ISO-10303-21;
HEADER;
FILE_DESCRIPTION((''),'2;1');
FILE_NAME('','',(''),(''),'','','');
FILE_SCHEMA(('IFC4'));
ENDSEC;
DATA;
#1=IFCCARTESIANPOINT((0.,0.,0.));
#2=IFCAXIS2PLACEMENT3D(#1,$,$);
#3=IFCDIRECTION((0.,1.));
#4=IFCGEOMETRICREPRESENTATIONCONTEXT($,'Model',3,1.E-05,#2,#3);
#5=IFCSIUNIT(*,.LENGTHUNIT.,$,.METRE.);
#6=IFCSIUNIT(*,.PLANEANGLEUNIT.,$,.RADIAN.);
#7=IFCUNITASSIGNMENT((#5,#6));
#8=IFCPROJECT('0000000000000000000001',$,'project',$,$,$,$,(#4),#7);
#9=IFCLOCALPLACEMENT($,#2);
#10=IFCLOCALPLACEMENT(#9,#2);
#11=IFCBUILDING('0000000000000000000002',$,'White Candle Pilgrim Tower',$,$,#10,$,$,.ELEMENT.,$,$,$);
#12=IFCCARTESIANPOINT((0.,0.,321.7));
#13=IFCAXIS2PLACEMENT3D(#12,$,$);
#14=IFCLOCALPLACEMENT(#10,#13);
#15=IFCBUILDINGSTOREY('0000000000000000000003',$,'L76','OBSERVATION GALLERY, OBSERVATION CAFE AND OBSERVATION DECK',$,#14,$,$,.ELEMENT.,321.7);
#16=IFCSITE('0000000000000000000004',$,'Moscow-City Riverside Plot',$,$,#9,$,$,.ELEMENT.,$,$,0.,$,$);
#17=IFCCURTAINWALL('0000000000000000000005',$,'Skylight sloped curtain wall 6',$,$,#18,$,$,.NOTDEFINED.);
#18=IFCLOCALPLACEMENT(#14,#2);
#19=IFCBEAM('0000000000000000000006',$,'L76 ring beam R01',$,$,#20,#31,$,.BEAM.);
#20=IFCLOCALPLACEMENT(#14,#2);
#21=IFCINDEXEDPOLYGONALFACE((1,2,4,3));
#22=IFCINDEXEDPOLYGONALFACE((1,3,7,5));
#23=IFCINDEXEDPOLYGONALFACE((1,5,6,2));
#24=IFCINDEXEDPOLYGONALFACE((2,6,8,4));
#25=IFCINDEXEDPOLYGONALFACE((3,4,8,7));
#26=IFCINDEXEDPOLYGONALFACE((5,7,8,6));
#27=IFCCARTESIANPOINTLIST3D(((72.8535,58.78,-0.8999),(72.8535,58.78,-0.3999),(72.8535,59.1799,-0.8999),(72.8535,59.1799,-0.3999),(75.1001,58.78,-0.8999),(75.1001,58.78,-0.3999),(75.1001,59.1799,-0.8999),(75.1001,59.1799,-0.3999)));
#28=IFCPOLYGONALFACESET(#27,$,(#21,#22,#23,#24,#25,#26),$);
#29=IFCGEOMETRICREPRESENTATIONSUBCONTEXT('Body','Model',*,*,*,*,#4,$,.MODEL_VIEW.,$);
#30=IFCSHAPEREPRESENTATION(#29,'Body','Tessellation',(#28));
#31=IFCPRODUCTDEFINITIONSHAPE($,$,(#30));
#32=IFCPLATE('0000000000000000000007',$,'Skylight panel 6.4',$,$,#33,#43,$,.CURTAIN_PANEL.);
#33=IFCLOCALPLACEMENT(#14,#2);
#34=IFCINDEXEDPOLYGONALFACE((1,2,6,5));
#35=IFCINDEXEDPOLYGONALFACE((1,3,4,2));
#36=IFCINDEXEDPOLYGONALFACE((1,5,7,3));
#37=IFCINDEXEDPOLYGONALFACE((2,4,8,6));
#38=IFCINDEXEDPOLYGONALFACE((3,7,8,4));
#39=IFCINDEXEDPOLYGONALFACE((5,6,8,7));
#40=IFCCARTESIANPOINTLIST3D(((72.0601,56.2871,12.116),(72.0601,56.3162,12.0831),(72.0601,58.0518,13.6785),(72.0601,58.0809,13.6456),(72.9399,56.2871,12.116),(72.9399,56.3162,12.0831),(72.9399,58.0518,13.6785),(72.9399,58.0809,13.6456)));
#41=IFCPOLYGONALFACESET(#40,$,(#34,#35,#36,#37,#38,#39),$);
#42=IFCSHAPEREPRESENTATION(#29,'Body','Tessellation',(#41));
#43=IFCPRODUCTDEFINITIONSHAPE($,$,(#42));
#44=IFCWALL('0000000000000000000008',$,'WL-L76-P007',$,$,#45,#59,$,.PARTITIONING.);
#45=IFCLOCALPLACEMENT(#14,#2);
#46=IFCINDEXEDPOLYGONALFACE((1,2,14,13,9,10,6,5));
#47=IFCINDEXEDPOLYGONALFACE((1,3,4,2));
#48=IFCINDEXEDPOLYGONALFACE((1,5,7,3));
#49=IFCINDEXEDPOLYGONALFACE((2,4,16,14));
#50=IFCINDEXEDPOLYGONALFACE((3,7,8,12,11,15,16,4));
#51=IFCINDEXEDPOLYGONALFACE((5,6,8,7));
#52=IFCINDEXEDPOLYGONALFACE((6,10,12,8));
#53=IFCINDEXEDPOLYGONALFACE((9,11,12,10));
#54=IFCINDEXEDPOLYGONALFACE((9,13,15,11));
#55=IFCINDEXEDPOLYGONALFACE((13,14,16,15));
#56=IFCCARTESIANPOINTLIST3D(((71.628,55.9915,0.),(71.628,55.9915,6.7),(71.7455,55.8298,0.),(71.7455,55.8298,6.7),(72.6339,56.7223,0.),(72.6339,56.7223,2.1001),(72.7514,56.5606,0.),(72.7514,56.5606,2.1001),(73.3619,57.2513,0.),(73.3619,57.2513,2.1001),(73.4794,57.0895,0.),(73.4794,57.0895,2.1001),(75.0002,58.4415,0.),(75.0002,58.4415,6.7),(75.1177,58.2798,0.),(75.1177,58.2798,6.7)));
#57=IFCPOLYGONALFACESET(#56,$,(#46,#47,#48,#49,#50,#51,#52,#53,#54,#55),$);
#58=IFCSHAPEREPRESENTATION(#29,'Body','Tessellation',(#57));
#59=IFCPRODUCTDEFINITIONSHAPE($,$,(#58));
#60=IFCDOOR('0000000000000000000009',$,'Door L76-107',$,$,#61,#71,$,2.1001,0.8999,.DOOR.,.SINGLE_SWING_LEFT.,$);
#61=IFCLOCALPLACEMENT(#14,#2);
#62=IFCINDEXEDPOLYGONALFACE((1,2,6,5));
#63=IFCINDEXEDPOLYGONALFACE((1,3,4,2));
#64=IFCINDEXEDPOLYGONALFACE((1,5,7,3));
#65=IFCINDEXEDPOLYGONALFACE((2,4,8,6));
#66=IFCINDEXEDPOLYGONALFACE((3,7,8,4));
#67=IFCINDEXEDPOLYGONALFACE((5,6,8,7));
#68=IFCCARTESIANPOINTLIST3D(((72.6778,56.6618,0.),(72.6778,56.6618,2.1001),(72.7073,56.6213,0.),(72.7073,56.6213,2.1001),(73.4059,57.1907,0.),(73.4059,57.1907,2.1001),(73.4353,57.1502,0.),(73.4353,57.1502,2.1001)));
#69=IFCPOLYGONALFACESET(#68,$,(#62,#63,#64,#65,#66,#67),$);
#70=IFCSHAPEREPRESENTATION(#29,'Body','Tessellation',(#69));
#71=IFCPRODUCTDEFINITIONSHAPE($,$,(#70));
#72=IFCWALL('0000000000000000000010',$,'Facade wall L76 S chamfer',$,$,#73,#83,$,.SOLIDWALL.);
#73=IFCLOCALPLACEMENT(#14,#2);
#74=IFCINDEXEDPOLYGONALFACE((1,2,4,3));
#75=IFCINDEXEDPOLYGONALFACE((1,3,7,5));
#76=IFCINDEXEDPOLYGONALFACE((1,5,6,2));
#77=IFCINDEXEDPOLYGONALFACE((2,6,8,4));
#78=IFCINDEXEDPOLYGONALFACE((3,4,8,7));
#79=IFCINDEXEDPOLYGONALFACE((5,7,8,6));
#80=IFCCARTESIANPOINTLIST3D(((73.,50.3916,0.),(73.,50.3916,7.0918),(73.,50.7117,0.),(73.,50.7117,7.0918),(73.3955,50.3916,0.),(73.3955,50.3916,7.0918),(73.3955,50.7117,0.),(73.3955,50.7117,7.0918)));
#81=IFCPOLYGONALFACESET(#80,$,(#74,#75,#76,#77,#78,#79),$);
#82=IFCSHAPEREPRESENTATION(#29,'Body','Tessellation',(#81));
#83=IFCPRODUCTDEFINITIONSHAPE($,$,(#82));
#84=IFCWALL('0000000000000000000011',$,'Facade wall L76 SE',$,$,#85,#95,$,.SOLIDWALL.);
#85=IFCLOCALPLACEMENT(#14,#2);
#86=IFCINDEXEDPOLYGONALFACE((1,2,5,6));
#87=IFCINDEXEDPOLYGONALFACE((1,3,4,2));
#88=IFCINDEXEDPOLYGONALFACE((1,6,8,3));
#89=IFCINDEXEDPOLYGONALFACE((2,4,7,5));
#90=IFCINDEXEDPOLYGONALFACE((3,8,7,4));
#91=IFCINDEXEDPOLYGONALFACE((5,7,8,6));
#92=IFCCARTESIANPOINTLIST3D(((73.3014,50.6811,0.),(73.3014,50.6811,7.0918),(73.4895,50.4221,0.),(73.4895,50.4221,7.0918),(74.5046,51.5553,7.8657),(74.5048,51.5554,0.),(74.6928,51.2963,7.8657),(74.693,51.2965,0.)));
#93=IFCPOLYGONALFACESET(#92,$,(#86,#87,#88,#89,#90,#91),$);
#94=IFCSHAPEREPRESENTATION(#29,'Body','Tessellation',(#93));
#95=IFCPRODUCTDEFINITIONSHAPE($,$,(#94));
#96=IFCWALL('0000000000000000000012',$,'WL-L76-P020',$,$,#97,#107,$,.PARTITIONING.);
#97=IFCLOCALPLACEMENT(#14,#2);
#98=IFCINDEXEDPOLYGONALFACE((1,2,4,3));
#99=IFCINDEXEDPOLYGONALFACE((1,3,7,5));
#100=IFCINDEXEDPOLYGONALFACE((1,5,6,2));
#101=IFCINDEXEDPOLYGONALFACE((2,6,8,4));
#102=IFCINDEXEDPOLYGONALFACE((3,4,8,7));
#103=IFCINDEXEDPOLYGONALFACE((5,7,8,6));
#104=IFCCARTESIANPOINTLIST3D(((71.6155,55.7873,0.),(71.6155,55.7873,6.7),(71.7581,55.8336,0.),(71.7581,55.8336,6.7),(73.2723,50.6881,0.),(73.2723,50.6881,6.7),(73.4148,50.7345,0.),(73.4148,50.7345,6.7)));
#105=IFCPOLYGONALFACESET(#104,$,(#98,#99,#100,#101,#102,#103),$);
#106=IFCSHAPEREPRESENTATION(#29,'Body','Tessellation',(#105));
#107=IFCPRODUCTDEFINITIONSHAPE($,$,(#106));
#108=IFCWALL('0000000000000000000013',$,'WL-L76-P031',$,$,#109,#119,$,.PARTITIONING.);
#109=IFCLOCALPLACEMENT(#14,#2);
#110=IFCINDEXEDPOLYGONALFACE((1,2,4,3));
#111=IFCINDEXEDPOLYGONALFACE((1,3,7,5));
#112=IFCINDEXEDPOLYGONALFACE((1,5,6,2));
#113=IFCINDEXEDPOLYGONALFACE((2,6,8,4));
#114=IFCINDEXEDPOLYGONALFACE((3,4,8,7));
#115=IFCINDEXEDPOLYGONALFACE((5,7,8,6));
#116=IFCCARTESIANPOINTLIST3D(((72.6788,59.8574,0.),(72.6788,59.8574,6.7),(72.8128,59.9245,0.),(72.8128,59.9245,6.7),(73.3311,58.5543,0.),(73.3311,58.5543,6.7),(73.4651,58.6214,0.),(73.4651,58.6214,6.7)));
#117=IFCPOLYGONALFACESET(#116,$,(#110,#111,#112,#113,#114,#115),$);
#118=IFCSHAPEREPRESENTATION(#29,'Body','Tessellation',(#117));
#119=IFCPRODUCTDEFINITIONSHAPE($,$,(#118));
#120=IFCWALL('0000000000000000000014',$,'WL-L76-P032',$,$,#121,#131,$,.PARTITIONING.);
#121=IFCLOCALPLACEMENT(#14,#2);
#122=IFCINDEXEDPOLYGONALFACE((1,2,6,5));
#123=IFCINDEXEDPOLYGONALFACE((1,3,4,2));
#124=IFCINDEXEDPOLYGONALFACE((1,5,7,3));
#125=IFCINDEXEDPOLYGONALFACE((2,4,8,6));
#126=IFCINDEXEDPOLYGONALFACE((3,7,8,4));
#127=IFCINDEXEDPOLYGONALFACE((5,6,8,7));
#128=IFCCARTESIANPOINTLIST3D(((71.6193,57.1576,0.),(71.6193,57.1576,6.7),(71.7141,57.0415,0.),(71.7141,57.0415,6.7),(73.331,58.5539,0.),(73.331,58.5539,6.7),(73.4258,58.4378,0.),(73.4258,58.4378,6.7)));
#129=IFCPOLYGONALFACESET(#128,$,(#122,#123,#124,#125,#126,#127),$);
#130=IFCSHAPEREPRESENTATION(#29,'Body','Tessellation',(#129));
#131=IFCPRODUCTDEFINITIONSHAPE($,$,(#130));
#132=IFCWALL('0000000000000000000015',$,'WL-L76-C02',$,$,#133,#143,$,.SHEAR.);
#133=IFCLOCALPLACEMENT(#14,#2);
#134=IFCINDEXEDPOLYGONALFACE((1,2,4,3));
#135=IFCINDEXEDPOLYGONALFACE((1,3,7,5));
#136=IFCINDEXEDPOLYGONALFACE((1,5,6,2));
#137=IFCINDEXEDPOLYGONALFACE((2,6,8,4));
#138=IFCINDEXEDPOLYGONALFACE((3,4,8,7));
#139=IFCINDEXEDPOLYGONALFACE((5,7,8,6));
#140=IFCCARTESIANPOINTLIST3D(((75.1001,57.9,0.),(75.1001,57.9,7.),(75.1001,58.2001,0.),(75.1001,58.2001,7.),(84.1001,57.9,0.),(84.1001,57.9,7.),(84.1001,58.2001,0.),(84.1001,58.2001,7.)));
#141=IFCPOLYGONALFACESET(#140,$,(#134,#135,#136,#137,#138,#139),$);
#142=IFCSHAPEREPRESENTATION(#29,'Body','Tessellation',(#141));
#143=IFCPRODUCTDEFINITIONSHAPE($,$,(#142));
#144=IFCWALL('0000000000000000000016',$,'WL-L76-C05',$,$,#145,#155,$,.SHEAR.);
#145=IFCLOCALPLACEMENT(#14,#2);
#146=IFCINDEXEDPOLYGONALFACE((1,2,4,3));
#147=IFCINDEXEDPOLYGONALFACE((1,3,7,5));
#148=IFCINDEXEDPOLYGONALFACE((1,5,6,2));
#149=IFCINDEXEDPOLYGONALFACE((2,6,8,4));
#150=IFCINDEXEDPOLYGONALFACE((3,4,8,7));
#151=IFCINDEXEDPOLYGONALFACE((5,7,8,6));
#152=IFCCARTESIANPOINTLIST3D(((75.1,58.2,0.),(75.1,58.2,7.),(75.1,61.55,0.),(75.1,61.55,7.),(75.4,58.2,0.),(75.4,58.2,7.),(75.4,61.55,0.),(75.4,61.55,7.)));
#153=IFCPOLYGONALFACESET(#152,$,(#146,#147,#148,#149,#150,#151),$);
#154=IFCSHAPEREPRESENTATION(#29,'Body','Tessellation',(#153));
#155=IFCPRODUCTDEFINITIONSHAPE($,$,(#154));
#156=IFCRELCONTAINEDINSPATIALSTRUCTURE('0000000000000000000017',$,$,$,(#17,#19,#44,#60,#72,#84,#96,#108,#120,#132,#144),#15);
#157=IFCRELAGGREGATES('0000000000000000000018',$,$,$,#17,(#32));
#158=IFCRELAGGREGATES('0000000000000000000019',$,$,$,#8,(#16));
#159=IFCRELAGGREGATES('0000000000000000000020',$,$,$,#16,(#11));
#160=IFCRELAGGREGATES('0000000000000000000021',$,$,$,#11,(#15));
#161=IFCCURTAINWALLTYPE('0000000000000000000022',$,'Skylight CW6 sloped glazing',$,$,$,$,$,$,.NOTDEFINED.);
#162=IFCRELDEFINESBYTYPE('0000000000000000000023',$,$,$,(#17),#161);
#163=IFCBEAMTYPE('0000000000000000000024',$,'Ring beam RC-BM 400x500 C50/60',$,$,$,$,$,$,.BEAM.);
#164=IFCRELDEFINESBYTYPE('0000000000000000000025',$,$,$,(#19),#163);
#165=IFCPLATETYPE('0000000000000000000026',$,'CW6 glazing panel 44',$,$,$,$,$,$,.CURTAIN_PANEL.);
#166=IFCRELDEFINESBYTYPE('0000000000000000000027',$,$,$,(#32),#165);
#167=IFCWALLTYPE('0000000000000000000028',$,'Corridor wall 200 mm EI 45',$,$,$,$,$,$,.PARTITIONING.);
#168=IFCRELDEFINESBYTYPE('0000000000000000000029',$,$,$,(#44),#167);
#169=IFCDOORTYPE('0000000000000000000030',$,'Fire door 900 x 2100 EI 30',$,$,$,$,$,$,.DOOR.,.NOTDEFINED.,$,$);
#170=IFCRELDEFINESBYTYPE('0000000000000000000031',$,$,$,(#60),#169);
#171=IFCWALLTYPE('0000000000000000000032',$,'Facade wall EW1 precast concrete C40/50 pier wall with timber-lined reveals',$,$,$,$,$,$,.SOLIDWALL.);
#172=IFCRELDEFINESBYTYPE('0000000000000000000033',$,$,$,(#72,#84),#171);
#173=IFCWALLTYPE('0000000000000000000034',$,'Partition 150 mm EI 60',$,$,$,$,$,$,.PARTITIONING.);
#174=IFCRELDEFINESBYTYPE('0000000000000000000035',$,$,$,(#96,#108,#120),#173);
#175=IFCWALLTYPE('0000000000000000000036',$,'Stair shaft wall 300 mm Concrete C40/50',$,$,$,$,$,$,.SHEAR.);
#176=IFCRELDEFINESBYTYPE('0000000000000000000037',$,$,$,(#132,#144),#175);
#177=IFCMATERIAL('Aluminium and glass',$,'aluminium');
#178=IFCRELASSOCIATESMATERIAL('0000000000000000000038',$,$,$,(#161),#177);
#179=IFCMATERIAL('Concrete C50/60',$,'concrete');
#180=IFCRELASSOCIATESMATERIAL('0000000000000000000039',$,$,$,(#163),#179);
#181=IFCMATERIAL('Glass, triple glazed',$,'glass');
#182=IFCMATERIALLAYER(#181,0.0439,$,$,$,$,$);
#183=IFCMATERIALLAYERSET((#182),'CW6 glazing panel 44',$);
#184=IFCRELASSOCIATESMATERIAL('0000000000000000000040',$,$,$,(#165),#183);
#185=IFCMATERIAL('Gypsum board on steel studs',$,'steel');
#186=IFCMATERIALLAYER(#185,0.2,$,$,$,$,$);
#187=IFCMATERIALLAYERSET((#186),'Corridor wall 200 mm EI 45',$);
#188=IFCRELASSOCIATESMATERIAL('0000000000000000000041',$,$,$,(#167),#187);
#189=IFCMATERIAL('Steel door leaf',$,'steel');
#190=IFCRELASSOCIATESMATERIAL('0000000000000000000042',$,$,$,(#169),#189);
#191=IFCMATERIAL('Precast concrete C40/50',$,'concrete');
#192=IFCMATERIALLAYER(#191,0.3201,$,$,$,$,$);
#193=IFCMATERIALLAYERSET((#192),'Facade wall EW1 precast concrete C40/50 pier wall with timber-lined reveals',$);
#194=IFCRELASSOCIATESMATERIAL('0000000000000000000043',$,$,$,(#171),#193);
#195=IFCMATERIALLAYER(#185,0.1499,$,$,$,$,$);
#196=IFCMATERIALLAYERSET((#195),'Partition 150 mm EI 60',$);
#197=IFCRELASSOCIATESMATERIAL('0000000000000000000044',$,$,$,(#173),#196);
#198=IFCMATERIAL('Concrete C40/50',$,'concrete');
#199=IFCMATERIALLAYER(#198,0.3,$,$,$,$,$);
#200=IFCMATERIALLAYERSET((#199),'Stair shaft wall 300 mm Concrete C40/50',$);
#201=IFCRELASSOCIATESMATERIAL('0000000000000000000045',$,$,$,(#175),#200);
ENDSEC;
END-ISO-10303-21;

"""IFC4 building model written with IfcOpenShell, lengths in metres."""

from ifc_helpers import new_model, si_unit, direction, frame, frame_2d, origin, origin_2d, place, context, subcontext, project, spatial, polyline, rectangle, outline, extrude, material, layer, layer_set, material_profile, profile_set, type_object, element, fill, aggregate, save


model = new_model("IFC4")

# Units and contexts
model_context = context("Model", 3, precision=1e-05, world=origin(), true_north=direction((0.0, 1.0)))
body_context = subcontext(model_context, "Body", "Model", "MODEL_VIEW")
ifc_project = project(units=[si_unit("LENGTHUNIT", "METRE"), si_unit("PLANEANGLEUNIT", "RADIAN")], contexts=[model_context])

# Site, building, storey
site_placement = place(None, origin())
site = spatial("IfcSite", under=ifc_project, at=site_placement, Name="Moscow-City Riverside Plot", CompositionType="ELEMENT", RefElevation=0.0)
building_placement = place(site_placement, origin())
building = spatial("IfcBuilding", under=site, at=building_placement, Name="White Candle Pilgrim Tower", CompositionType="ELEMENT")
storey_placement = place(building_placement, frame((0.0, 0.0, 321.7)))
storey = spatial("IfcBuildingStorey", under=building, at=storey_placement, Name="L76", Description="OBSERVATION GALLERY, OBSERVATION CAFE AND OBSERVATION DECK", CompositionType="ELEMENT", Elevation=321.7)

# Curtain wall
ifc_material_1 = material(Name="Aluminium and glass", Category="aluminium")
curtain_wall_type_1 = type_object("IfcCurtainWallType", Name="Skylight CW6 sloped glazing", PredefinedType="NOTDEFINED", material=ifc_material_1)
curtain_wall_1_placement = place(storey_placement, origin())
curtain_wall_1 = element("IfcCurtainWall", 1, at=curtain_wall_1_placement, inside=storey, type_object=curtain_wall_type_1, Name="Skylight sloped curtain wall 6", PredefinedType="NOTDEFINED")

# Beam
ifc_material_2 = material(Name="Concrete C50/60", Category="concrete")
ifc_material_profile_1 = material_profile(ifc_material_2, rectangle(XDim=0.3999, YDim=0.5, at=origin_2d()), Name="RC-BM 400x500")
ifc_profile_set_1 = profile_set([ifc_material_profile_1], Name="Concrete C50/60")
beam_type = type_object("IfcBeamType", Name="Ring beam RC-BM 400x500 C50/60", PredefinedType="BEAM", material=ifc_profile_set_1)
beam_placement = place(storey_placement, frame((72.8535, 58.98, -0.6499), z_axis=(1.0, 0.0, 0.0), x_axis=(0.0, 1.0, 0.0)))
element("IfcBeam", 2, at=beam_placement, inside=storey, type_object=beam_type, Name="L76 ring beam R01", PredefinedType="BEAM", context=body_context, shape_type="SweptSolid", body=[
    extrude(rectangle(XDim=0.3999, YDim=0.5, at=origin_2d()), origin(), (0.0, 0.0, 1.0), 2.2466),
])

# Plate
ifc_material_3 = material(Name="Glass, triple glazed", Category="glass")
ifc_layer_1 = layer(ifc_material_3, 0.0439)
ifc_layer_set_1 = layer_set([ifc_layer_1], Name="CW6 glazing panel 44")
plate_type = type_object("IfcPlateType", Name="CW6 glazing panel 44", PredefinedType="CURTAIN_PANEL", material=ifc_layer_set_1)
plate_placement = place(storey_placement, frame((72.0601, 56.2871, 12.116), z_axis=(0.0, -0.662922, 0.748688), x_axis=(1.0, 0.0, 0.0)))
plate = element("IfcPlate", 3, at=plate_placement, type_object=plate_type, Name="Skylight panel 6.4", PredefinedType="CURTAIN_PANEL", context=body_context, shape_type="SweptSolid", body=[
    extrude(outline(polyline([(0.0, 0.0), (0.8799, 0.0), (0.8799, 2.357), (0.0, 2.357), (0.0, 0.0)])), origin(), (0.0, 0.0, -1.0), 0.0439),
])
aggregate(curtain_wall_1, [plate])

# Wall, opening, door
ifc_material_4 = material(Name="Gypsum board on steel studs", Category="steel")
ifc_layer_2 = layer(ifc_material_4, 0.2)
ifc_layer_set_2 = layer_set([ifc_layer_2], Name="Corridor wall 200 mm EI 45")
wall_type_1 = type_object("IfcWallType", Name="Corridor wall 200 mm EI 45", PredefinedType="PARTITIONING", material=ifc_layer_set_2)
wall_1_placement = place(storey_placement, frame((75.0588, 58.3606, 0.0), z_axis=(0.0, 0.0, 1.0), x_axis=(-0.809017, -0.587785, 0.0)))
wall_1 = element("IfcWall", 4, at=wall_1_placement, inside=storey, type_object=wall_type_1, Name="WL-L76-P007", PredefinedType="PARTITIONING", context=body_context, shape_type="SweptSolid", body=[
    extrude(rectangle(XDim=4.1682, YDim=0.2, at=frame_2d((2.084, 0.0))), origin(), (0.0, 0.0, 1.0), 6.7),
])
opening_1_placement = place(wall_1_placement, frame((2.0249, 0.0, 0.0)))
opening_1 = element("IfcOpeningElement", 5, at=opening_1_placement, cuts=wall_1, PredefinedType="OPENING", context=body_context, shape_type="SweptSolid", body=[
    extrude(rectangle(XDim=0.8999, YDim=2.1001, at=frame_2d((0.45, 1.05))), frame((0.0, 0.1099, 0.0), z_axis=(0.0, -1.0, 0.0), x_axis=(1.0, 0.0, 0.0)), (0.0, 0.0, 1.0), 0.22),
])
ifc_material_5 = material(Name="Steel door leaf", Category="steel")
door_type_1 = type_object("IfcDoorType", Name="Fire door 900 x 2100 EI 30", OperationType="NOTDEFINED", PredefinedType="DOOR", material=ifc_material_5)
door_1_placement = place(opening_1_placement, origin())
door_1 = element("IfcDoor", 6, at=door_1_placement, inside=storey, type_object=door_type_1, Name="Door L76-107", OperationType="SINGLE_SWING_LEFT", OverallHeight=2.1001, OverallWidth=0.8999, PredefinedType="DOOR", context=body_context, shape_type="SweptSolid", body=[
    extrude(rectangle(XDim=0.8999, YDim=2.1001, at=frame_2d((0.45, 1.05))), frame((0.0, 0.0249, 0.0), z_axis=(0.0, -1.0, 0.0), x_axis=(1.0, 0.0, 0.0)), (0.0, 0.0, 1.0), 0.05),
])
fill(opening_1, door_1)

# Walls
ifc_material_6 = material(Name="Precast concrete C40/50", Category="concrete")
ifc_layer_3 = layer(ifc_material_6, 0.3201)
ifc_layer_set_3 = layer_set([ifc_layer_3], Name="Facade wall EW1 precast concrete C40/50 pier wall with timber-lined reveals")
wall_type_2 = type_object("IfcWallType", Name="Facade wall EW1 precast concrete C40/50 pier wall with timber-lined reveals", PredefinedType="SOLIDWALL", material=ifc_layer_set_3)
wall_2_placement = place(storey_placement, frame((73.0, 50.5515, 0.0), z_axis=(0.0, 0.0, 1.0), x_axis=(1.0, 0.0, 0.0)))
element("IfcWall", 7, at=wall_2_placement, inside=storey, type_object=wall_type_2, Name="Facade wall L76 S chamfer", PredefinedType="SOLIDWALL", context=body_context, shape_type="SweptSolid", body=[
    extrude(outline(polyline([(0.0, 0.0), (0.3955, 0.0), (0.3955, 7.0918), (0.0, 7.0918), (0.0, 0.0)])), frame((0.0, 0.1602, 0.0), z_axis=(0.0, -1.0, 0.0), x_axis=(1.0, 0.0, 0.0)), (0.0, 0.0, 1.0), 0.3201),
])
wall_3_placement = place(storey_placement, frame((73.3955, 50.5515, 0.0), z_axis=(0.0, 0.0, 1.0), x_axis=(0.809027, 0.587771, 0.0)))
element("IfcWall", 8, at=wall_3_placement, inside=storey, type_object=wall_type_2, Name="Facade wall L76 SE", PredefinedType="SOLIDWALL", context=body_context, shape_type="SweptSolid", body=[
    extrude(outline(polyline([(0.0, 0.0), (1.4875, 0.0), (1.4873, 7.8657), (0.0, 7.0918), (0.0, 0.0)])), frame((0.0, 0.1602, 0.0), z_axis=(0.0, -1.0, 0.0), x_axis=(1.0, 0.0, 0.0)), (0.0, 0.0, 1.0), 0.3201),
])
ifc_layer_4 = layer(ifc_material_4, 0.1499)
ifc_layer_set_4 = layer_set([ifc_layer_4], Name="Partition 150 mm EI 60")
wall_type_3 = type_object("IfcWallType", Name="Partition 150 mm EI 60", PredefinedType="PARTITIONING", material=ifc_layer_set_4)
wall_4_placement = place(storey_placement, frame((73.3435, 50.7114, 0.0), z_axis=(0.0, 0.0, 1.0), x_axis=(-0.309006, 0.95106, 0.0)))
element("IfcWall", 9, at=wall_4_placement, inside=storey, type_object=wall_type_3, Name="WL-L76-P020", PredefinedType="PARTITIONING", context=body_context, shape_type="SweptSolid", body=[
    extrude(rectangle(XDim=5.3616, YDim=0.1499, at=frame_2d((2.6807, 0.0))), origin(), (0.0, 0.0, 1.0), 6.7),
])
wall_5_placement = place(storey_placement, frame((72.7458, 59.8909, 0.0), z_axis=(0.0, 0.0, 1.0), x_axis=(0.447616, -0.894226, 0.0)))
element("IfcWall", 10, at=wall_5_placement, inside=storey, type_object=wall_type_3, Name="WL-L76-P031", PredefinedType="PARTITIONING", context=body_context, shape_type="SweptSolid", body=[
    extrude(rectangle(XDim=1.4573, YDim=0.1499, at=frame_2d((0.7285, 0.0))), origin(), (0.0, 0.0, 1.0), 6.7),
])
wall_6_placement = place(storey_placement, frame((73.3784, 58.4958, 0.0), z_axis=(0.0, 0.0, 1.0), x_axis=(-0.774892, -0.632094, 0.0)))
element("IfcWall", 11, at=wall_6_placement, inside=storey, type_object=wall_type_3, Name="WL-L76-P032", PredefinedType="PARTITIONING", context=body_context, shape_type="SweptSolid", body=[
    extrude(rectangle(XDim=2.209, YDim=0.1499, at=frame_2d((1.1045, 0.0))), origin(), (0.0, 0.0, 1.0), 6.7),
])
ifc_material_7 = material(Name="Concrete C40/50", Category="concrete")
ifc_layer_5 = layer(ifc_material_7, 0.3)
ifc_layer_set_5 = layer_set([ifc_layer_5], Name="Stair shaft wall 300 mm Concrete C40/50")
wall_type_4 = type_object("IfcWallType", Name="Stair shaft wall 300 mm Concrete C40/50", PredefinedType="SHEAR", material=ifc_layer_set_5)
wall_7_placement = place(storey_placement, frame((75.1001, 58.05, 0.0), z_axis=(0.0, 0.0, 1.0), x_axis=(1.0, 0.0, 0.0)))
element("IfcWall", 12, at=wall_7_placement, inside=storey, type_object=wall_type_4, Name="WL-L76-C02", PredefinedType="SHEAR", context=body_context, shape_type="SweptSolid", body=[
    extrude(rectangle(XDim=9.0, YDim=0.3, at=frame_2d((4.5, 0.0))), origin(), (0.0, 0.0, 1.0), 7.0),
])
wall_8_placement = place(storey_placement, frame((75.25, 58.2, 0.0), z_axis=(0.0, 0.0, 1.0), x_axis=(0.0, 1.0, 0.0)))
element("IfcWall", 13, at=wall_8_placement, inside=storey, type_object=wall_type_4, Name="WL-L76-C05", PredefinedType="SHEAR", context=body_context, shape_type="SweptSolid", body=[
    extrude(rectangle(XDim=3.3501, YDim=0.3, at=frame_2d((1.675, 0.0))), origin(), (0.0, 0.0, 1.0), 7.0),
])

save(model, "model.ifc")
